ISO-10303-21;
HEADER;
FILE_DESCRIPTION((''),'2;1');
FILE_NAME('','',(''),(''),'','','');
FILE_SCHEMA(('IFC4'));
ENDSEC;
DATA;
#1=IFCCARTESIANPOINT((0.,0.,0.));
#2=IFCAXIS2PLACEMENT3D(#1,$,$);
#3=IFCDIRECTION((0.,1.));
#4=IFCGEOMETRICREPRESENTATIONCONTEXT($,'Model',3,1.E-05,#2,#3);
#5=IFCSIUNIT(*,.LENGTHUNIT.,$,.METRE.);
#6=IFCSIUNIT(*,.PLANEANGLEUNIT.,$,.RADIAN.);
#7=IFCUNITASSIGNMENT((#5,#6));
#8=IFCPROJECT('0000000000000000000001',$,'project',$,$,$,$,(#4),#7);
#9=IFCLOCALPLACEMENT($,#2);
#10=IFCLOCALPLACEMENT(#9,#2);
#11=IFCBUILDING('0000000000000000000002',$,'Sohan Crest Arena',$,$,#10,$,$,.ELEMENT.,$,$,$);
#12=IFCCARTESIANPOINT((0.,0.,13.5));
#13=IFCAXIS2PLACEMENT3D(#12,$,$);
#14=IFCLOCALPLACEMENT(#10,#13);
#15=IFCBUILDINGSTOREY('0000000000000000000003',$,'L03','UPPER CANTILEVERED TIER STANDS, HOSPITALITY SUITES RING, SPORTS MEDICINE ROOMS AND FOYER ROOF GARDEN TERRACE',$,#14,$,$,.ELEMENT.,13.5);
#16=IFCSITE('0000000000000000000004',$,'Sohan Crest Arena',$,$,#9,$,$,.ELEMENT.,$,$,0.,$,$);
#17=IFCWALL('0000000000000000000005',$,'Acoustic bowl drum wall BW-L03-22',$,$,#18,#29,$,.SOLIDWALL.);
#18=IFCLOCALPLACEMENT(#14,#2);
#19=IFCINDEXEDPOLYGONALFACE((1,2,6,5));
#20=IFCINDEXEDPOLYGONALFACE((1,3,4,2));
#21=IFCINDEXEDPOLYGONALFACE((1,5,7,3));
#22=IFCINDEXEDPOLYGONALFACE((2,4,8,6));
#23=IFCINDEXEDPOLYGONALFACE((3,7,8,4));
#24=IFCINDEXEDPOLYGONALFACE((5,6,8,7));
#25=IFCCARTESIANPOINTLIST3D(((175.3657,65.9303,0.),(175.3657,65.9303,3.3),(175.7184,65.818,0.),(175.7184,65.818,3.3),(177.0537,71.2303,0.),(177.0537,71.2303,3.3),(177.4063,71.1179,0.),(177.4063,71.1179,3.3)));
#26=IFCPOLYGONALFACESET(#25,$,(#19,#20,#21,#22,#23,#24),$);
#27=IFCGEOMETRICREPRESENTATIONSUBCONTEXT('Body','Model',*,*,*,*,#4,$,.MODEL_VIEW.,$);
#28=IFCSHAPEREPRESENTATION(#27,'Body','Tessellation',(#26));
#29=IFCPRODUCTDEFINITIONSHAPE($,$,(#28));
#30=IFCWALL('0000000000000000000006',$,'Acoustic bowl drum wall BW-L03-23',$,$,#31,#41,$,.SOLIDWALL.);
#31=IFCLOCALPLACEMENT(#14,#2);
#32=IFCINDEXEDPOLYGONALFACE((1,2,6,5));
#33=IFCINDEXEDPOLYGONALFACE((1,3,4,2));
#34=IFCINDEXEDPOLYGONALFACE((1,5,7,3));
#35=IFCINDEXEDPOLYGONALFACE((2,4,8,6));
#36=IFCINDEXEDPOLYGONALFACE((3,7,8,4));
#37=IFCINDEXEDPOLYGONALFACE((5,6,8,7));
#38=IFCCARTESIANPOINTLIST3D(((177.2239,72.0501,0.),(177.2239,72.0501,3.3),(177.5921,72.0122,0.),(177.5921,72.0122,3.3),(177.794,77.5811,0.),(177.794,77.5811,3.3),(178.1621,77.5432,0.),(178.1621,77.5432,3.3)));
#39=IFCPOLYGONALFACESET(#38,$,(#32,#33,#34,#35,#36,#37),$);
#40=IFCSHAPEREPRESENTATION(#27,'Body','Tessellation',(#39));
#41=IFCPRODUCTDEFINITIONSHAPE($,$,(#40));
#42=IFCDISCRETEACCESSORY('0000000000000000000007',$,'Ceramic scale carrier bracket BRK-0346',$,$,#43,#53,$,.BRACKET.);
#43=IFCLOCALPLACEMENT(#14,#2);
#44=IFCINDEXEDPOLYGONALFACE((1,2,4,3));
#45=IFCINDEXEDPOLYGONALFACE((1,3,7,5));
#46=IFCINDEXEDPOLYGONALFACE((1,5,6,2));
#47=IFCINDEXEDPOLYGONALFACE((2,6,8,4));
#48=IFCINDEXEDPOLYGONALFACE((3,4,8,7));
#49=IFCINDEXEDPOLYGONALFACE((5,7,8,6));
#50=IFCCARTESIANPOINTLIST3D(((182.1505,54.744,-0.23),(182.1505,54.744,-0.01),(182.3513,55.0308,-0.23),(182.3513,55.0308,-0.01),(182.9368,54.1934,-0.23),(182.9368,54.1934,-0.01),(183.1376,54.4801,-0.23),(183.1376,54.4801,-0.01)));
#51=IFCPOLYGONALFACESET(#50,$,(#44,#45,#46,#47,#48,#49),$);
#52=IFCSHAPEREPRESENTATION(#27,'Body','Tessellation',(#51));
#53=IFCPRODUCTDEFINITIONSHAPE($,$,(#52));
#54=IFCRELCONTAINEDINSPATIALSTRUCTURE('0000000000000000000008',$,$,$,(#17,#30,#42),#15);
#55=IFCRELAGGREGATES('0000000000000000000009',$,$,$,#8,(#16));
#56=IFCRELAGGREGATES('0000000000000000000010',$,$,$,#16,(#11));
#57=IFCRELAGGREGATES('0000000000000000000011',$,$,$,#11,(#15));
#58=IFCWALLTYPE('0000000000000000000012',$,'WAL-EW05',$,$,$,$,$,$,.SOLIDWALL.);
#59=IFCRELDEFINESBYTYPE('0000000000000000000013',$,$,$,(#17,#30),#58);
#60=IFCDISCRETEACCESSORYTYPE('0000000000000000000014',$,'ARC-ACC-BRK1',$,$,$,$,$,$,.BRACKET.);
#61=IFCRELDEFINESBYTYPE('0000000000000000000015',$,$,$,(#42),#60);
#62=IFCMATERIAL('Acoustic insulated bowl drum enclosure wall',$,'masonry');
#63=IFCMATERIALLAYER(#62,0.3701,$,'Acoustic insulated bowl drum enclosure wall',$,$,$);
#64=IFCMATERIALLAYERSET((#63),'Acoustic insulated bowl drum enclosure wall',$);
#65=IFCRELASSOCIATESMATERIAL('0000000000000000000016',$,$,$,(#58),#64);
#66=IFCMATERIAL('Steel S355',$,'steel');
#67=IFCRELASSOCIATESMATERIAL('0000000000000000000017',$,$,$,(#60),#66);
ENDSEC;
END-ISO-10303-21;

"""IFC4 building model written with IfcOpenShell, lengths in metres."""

from ifc_helpers import new_model, si_unit, direction, frame, frame_2d, origin, origin_2d, place, context, subcontext, project, spatial, rectangle, extrude, material, layer, layer_set, type_object, element, save


model = new_model("IFC4")

# Units and contexts
model_context = context("Model", 3, precision=1e-05, world=origin(), true_north=direction((0.0, 1.0)))
body_context = subcontext(model_context, "Body", "Model", "MODEL_VIEW")
ifc_project = project(units=[si_unit("LENGTHUNIT", "METRE"), si_unit("PLANEANGLEUNIT", "RADIAN")], contexts=[model_context])

# Site, building, storey
site_placement = place(None, origin())
site = spatial("IfcSite", under=ifc_project, at=site_placement, Name="Sohan Crest Arena", CompositionType="ELEMENT", RefElevation=0.0)
building_placement = place(site_placement, origin())
building = spatial("IfcBuilding", under=site, at=building_placement, Name="Sohan Crest Arena", CompositionType="ELEMENT")
storey_placement = place(building_placement, frame((0.0, 0.0, 13.5)))
storey = spatial("IfcBuildingStorey", under=building, at=storey_placement, Name="L03", Description="UPPER CANTILEVERED TIER STANDS, HOSPITALITY SUITES RING, SPORTS MEDICINE ROOMS AND FOYER ROOF GARDEN TERRACE", CompositionType="ELEMENT", Elevation=13.5)

# Shared definitions
ifc_material_1 = material(Name="Steel S355", Category="steel")

# Walls
ifc_material_2 = material(Name="Acoustic insulated bowl drum enclosure wall", Category="masonry")
ifc_layer_1 = layer(ifc_material_2, 0.3701, Name="Acoustic insulated bowl drum enclosure wall")
ifc_layer_set_1 = layer_set([ifc_layer_1], Name="Acoustic insulated bowl drum enclosure wall")
wall_type = type_object("IfcWallType", Name="WAL-EW05", PredefinedType="SOLIDWALL", material=ifc_layer_set_1)
wall_1_placement = place(storey_placement, frame((175.542, 65.874, 0.0), z_axis=(0.0, 0.0, 1.0), x_axis=(0.303466, 0.952842, 0.0)))
element("IfcWall", 1, at=wall_1_placement, inside=storey, type_object=wall_type, Name="Acoustic bowl drum wall BW-L03-22", PredefinedType="SOLIDWALL", context=body_context, shape_type="SweptSolid", body=[
    extrude(rectangle(XDim=5.5623, YDim=0.3701, at=frame_2d((2.7812, 0.0))), origin(), (0.0, 0.0, 1.0), 3.3),
])
wall_2_placement = place(storey_placement, frame((177.408, 72.031, 0.0), z_axis=(0.0, 0.0, 1.0), x_axis=(0.102525, 0.99473, 0.0)))
element("IfcWall", 2, at=wall_2_placement, inside=storey, type_object=wall_type, Name="Acoustic bowl drum wall BW-L03-23", PredefinedType="SOLIDWALL", context=body_context, shape_type="SweptSolid", body=[
    extrude(rectangle(XDim=5.5603, YDim=0.3701, at=frame_2d((2.7803, 0.0))), origin(), (0.0, 0.0, 1.0), 3.3),
])

# Discrete accessory
discrete_accessory_type = type_object("IfcDiscreteAccessoryType", Name="ARC-ACC-BRK1", PredefinedType="BRACKET", material=ifc_material_1)
discrete_accessory_placement = place(storey_placement, frame((182.644, 54.6121, -0.23), z_axis=(0.0, 0.0, 1.0), x_axis=(0.573576, 0.819152, 0.0)))
element("IfcDiscreteAccessory", 3, at=discrete_accessory_placement, inside=storey, type_object=discrete_accessory_type, Name="Ceramic scale carrier bracket BRK-0346", PredefinedType="BRACKET", context=body_context, shape_type="SweptSolid", body=[
    extrude(rectangle(XDim=0.3501, YDim=0.96, at=origin_2d()), origin(), (0.0, 0.0, 1.0), 0.22),
])

save(model, "model.ifc")
